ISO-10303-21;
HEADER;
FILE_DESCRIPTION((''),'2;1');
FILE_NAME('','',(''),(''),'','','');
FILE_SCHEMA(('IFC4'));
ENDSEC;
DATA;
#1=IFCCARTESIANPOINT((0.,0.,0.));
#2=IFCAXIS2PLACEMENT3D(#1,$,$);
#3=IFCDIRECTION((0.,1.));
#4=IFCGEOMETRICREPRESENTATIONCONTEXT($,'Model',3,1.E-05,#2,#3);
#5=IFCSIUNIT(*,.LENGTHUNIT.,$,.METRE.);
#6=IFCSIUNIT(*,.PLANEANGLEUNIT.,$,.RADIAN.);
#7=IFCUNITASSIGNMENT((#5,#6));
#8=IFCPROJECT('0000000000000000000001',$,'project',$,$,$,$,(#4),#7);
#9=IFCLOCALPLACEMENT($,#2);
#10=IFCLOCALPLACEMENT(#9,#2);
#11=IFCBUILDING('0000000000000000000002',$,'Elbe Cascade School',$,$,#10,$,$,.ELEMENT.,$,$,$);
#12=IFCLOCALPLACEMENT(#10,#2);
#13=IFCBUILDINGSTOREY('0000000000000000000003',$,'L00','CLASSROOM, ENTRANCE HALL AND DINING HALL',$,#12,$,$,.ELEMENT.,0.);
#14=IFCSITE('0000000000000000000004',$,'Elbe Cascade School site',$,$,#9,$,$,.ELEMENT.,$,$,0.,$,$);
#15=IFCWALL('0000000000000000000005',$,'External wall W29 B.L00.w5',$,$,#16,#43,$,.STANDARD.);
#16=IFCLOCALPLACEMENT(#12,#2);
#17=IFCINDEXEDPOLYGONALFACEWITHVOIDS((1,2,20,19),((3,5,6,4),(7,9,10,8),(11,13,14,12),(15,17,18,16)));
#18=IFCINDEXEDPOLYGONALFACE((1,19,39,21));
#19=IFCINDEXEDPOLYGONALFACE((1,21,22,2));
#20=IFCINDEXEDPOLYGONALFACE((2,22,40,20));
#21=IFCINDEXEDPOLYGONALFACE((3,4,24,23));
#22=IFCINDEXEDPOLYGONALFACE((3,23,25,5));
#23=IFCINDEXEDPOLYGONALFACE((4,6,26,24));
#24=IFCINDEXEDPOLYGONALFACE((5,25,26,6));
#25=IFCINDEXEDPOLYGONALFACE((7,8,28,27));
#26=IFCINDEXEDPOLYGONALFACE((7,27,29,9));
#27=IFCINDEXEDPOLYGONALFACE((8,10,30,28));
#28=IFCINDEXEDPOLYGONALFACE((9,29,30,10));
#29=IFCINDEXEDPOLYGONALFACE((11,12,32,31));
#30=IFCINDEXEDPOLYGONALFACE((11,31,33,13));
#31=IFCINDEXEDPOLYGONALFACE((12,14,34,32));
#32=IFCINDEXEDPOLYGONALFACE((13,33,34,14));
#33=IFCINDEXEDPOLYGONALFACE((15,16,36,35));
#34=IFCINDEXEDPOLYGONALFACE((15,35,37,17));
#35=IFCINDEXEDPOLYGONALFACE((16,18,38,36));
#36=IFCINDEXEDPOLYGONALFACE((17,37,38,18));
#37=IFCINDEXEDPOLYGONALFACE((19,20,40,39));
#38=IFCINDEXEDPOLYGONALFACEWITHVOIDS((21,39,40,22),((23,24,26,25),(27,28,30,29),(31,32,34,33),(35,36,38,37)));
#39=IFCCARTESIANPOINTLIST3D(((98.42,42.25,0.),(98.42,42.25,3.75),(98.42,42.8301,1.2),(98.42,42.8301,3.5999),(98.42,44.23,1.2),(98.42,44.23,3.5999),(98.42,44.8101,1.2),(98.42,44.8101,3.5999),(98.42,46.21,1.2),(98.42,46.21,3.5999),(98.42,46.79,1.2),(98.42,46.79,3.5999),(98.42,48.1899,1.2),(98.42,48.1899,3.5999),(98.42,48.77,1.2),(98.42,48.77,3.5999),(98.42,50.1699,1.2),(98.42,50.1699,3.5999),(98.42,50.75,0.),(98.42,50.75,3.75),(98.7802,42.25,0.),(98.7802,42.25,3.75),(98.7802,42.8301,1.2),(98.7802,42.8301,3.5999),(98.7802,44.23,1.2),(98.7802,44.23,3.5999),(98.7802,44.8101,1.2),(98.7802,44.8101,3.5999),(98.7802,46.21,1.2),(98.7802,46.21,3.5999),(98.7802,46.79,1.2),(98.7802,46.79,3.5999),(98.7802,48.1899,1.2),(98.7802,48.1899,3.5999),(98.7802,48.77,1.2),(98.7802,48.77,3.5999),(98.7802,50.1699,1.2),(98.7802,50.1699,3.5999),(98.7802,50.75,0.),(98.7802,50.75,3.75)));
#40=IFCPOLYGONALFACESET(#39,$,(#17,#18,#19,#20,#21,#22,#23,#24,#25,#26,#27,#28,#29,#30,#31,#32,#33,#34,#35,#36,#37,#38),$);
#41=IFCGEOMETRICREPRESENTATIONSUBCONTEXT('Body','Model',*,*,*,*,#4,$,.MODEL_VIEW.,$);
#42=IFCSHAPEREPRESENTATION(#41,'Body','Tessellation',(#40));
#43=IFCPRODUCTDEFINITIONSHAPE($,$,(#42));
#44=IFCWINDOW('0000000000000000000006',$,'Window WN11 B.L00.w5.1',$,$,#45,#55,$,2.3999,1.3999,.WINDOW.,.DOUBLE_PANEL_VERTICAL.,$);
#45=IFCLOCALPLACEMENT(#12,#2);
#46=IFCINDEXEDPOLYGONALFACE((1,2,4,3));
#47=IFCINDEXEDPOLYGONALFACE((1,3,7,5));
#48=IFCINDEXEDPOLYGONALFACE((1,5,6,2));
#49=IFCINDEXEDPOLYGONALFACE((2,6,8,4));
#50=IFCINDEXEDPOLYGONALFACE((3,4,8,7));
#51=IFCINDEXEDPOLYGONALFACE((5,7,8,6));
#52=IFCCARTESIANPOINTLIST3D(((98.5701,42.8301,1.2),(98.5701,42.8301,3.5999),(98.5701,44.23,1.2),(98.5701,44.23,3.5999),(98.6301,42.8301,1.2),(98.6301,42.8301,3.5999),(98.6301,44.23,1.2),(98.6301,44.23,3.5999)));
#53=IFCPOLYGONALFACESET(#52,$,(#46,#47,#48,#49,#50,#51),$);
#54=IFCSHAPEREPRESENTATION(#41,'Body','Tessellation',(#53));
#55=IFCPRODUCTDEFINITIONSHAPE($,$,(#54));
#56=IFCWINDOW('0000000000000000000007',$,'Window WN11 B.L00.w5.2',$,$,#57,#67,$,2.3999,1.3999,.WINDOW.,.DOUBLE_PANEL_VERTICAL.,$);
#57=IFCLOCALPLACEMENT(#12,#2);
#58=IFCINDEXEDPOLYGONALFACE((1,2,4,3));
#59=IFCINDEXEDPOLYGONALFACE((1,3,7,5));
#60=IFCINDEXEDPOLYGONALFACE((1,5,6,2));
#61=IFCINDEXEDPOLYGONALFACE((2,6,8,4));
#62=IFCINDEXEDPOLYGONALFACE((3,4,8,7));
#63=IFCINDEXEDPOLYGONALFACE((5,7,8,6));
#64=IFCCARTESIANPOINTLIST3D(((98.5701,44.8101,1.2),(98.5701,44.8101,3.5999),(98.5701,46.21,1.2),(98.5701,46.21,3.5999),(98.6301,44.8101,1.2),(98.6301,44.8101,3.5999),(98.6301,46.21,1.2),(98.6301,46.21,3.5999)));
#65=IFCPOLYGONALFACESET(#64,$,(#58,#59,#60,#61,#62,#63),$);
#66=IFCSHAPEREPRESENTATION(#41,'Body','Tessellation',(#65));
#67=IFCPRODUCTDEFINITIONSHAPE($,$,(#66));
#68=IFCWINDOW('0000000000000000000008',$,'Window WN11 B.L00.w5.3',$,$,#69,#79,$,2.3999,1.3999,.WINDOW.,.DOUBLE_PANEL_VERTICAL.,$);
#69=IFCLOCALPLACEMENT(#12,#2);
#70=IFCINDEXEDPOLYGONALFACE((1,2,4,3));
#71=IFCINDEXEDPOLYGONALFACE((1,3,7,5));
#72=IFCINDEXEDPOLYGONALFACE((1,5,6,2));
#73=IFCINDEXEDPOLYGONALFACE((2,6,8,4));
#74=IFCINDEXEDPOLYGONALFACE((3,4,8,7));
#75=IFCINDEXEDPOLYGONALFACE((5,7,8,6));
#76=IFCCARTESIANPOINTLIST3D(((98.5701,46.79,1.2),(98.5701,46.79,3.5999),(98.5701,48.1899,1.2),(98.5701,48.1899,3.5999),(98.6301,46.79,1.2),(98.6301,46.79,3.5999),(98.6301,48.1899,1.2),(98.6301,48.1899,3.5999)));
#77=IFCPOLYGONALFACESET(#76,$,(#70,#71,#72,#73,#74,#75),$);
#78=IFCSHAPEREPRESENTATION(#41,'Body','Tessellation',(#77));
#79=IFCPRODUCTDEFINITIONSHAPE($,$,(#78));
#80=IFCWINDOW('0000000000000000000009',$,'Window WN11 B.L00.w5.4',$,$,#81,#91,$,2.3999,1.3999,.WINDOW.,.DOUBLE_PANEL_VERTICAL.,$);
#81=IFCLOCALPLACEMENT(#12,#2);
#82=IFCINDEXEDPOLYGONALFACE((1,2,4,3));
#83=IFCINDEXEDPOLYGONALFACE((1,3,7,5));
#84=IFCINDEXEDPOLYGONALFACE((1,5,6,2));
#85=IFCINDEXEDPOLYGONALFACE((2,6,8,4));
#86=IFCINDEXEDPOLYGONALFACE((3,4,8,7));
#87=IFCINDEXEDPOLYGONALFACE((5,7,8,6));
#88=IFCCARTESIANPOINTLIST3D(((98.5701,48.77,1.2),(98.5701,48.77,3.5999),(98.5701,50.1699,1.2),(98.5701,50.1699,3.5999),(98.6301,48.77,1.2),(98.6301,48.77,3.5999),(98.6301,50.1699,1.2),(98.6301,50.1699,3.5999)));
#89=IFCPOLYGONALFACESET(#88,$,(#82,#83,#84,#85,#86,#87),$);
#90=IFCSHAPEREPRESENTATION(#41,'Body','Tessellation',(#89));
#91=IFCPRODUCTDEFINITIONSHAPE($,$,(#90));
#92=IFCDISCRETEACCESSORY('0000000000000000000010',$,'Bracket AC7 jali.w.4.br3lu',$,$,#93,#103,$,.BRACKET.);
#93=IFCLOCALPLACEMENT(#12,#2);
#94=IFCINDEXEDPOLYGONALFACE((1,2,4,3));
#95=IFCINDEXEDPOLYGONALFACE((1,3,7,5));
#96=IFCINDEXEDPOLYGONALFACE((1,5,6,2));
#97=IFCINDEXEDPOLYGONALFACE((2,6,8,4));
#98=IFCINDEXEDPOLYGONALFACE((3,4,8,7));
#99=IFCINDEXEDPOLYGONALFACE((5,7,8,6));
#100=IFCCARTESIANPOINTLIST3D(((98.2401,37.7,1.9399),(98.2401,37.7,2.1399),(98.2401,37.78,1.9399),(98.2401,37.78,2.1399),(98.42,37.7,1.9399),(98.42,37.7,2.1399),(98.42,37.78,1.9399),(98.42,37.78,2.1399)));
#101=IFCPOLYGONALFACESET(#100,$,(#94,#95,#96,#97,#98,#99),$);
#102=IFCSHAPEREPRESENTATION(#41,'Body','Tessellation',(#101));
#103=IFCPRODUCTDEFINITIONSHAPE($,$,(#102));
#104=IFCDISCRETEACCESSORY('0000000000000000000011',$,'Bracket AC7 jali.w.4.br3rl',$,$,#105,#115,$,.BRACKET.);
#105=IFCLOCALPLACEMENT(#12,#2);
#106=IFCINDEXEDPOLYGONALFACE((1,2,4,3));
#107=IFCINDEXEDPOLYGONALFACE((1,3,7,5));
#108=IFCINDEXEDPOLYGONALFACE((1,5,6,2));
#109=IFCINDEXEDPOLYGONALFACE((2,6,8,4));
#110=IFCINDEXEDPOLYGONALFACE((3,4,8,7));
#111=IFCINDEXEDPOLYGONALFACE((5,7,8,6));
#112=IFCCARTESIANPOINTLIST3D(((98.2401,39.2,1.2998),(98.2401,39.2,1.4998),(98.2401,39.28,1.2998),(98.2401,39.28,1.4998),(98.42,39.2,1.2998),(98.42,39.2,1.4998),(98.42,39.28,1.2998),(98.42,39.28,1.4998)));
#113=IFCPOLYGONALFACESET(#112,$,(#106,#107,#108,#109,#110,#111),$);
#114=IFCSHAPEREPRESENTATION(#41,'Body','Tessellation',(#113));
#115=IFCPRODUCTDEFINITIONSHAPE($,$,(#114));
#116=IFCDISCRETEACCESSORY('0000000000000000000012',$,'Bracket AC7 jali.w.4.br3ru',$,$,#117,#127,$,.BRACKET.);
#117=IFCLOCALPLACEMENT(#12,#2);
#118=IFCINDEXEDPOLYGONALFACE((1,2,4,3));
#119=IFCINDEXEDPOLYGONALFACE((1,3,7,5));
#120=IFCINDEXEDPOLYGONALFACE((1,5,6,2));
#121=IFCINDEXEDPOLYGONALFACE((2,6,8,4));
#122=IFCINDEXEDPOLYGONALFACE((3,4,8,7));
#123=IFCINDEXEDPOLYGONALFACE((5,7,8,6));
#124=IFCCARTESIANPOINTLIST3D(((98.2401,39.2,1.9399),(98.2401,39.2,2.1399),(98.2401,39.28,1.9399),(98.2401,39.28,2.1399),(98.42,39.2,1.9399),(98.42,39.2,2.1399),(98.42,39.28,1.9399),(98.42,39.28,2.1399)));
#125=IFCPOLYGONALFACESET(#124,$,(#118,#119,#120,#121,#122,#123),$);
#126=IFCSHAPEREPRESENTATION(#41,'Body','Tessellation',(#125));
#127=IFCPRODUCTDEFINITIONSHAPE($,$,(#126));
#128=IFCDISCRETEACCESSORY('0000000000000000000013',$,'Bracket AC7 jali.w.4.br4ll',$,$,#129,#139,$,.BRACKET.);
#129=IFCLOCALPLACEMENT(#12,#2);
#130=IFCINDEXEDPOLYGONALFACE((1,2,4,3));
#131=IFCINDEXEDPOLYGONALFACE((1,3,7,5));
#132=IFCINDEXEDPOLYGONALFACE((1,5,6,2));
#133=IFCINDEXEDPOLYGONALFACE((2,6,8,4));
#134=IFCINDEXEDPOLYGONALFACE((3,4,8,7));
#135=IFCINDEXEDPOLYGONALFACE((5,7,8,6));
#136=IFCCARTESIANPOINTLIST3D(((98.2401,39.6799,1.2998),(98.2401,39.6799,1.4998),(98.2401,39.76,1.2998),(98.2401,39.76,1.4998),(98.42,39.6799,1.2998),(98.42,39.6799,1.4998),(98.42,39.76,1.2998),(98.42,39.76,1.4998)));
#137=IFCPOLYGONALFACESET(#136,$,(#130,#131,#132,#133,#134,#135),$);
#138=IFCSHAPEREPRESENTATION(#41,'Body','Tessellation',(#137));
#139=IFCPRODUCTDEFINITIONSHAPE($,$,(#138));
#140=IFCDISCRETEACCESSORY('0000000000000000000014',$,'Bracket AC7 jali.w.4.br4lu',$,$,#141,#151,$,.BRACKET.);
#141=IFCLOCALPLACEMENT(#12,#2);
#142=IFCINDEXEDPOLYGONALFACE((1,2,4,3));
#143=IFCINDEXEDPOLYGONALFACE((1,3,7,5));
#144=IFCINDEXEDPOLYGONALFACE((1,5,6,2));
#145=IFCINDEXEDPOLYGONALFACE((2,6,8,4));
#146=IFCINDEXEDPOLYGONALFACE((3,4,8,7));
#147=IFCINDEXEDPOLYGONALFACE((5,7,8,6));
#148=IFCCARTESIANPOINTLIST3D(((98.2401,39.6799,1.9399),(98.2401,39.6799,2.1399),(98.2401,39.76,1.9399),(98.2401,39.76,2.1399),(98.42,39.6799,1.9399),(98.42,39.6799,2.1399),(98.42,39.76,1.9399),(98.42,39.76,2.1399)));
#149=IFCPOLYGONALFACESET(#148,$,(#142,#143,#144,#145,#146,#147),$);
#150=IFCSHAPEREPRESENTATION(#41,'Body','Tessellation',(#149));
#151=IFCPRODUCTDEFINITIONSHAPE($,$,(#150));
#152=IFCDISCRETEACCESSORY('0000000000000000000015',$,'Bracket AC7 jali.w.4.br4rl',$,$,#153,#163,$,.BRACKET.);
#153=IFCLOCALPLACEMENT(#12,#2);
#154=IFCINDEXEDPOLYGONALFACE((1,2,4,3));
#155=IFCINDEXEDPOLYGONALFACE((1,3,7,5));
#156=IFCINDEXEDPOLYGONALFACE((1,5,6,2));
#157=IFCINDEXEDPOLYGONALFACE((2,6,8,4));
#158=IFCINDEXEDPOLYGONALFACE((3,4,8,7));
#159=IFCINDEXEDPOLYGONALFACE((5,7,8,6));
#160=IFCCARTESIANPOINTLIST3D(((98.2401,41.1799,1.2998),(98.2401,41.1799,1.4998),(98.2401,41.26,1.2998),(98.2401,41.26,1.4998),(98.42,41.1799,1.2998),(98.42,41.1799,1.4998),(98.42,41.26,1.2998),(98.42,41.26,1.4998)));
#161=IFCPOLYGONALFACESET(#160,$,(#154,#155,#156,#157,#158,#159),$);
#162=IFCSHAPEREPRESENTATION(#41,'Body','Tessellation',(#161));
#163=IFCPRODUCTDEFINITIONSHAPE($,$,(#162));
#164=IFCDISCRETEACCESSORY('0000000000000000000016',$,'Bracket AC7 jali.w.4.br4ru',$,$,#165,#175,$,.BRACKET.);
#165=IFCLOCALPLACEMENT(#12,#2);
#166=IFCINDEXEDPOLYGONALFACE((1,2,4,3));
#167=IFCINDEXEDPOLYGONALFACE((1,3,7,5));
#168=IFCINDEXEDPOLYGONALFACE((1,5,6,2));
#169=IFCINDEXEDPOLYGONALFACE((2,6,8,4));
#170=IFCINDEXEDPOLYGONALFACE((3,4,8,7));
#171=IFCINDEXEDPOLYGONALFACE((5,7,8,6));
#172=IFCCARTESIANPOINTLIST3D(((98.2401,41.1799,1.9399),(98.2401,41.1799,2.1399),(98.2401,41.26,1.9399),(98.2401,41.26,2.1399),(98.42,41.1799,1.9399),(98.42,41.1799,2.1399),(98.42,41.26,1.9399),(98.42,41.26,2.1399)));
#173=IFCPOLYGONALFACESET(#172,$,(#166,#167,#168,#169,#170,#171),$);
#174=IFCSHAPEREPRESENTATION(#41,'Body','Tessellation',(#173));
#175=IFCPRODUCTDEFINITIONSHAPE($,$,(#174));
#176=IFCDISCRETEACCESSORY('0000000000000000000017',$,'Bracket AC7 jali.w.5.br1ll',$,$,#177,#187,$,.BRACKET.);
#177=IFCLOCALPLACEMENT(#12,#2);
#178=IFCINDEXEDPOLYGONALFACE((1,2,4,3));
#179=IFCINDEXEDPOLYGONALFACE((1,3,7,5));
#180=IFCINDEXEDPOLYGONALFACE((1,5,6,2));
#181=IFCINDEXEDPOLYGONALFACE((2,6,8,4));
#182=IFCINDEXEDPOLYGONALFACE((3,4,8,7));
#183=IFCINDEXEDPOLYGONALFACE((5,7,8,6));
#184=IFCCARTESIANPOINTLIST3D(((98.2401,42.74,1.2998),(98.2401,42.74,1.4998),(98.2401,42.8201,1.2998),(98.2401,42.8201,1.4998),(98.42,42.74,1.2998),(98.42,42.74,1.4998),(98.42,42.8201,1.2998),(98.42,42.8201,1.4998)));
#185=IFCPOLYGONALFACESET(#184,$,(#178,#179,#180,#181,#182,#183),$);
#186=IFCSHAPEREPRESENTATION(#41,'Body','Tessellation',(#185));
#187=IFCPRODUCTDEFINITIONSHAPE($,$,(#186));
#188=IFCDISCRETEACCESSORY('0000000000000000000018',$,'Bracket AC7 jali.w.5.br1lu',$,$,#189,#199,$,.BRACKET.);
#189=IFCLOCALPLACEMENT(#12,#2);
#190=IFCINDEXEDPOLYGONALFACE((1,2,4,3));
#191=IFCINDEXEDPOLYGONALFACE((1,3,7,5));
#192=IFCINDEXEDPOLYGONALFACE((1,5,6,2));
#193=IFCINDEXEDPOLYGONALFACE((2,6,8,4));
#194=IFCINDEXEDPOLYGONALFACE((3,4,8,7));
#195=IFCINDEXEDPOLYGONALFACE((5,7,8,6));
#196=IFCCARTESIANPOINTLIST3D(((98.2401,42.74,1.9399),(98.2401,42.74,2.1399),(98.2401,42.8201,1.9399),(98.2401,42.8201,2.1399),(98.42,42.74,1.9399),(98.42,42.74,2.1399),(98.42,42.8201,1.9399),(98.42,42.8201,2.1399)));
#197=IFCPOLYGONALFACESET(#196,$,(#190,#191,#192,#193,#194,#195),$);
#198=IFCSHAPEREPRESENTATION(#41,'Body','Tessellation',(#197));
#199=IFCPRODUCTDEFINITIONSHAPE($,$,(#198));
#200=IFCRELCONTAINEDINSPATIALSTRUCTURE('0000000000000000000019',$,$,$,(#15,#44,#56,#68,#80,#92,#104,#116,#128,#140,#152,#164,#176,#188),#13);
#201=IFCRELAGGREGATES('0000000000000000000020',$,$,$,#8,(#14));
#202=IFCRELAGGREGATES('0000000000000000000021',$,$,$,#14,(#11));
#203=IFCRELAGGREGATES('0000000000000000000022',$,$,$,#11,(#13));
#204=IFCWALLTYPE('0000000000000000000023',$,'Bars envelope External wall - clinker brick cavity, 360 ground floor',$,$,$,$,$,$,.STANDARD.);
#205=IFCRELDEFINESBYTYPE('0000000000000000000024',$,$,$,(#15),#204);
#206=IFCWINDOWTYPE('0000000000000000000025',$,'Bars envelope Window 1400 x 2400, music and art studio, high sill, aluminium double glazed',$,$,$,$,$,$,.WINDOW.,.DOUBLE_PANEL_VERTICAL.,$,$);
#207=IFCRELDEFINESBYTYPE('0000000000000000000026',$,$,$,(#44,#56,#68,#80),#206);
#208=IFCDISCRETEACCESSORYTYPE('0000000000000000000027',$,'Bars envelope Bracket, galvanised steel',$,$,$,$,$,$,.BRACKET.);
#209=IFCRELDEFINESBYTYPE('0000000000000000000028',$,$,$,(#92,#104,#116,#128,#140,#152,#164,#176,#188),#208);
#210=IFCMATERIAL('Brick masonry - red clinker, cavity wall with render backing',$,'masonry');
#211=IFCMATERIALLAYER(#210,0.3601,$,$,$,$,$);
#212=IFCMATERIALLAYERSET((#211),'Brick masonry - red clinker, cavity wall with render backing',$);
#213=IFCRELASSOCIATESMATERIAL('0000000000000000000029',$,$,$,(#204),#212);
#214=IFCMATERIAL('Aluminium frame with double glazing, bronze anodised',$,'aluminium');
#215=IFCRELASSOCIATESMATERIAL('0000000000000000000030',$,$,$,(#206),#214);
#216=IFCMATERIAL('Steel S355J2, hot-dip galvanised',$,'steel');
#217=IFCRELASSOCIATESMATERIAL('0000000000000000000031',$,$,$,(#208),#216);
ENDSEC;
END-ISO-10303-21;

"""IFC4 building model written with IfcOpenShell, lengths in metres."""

from ifc_helpers import new_model, si_unit, direction, frame, frame_2d, origin, origin_2d, place, context, subcontext, project, spatial, rectangle, extrude, material, layer, layer_set, type_object, element, fill, save


model = new_model("IFC4")

# Units and contexts
model_context = context("Model", 3, precision=1e-05, world=origin(), true_north=direction((0.0, 1.0)))
body_context = subcontext(model_context, "Body", "Model", "MODEL_VIEW")
ifc_project = project(units=[si_unit("LENGTHUNIT", "METRE"), si_unit("PLANEANGLEUNIT", "RADIAN")], contexts=[model_context])

# Site, building, storey
site_placement = place(None, origin())
site = spatial("IfcSite", under=ifc_project, at=site_placement, Name="Elbe Cascade School site", CompositionType="ELEMENT", RefElevation=0.0)
building_placement = place(site_placement, origin())
building = spatial("IfcBuilding", under=site, at=building_placement, Name="Elbe Cascade School", CompositionType="ELEMENT")
storey_placement = place(building_placement, origin())
storey = spatial("IfcBuildingStorey", under=building, at=storey_placement, Name="L00", Description="CLASSROOM, ENTRANCE HALL AND DINING HALL", CompositionType="ELEMENT", Elevation=0.0)

# Wall, openings, windows
ifc_material_1 = material(Name="Brick masonry - red clinker, cavity wall with render backing", Category="masonry")
ifc_layer_1 = layer(ifc_material_1, 0.3601)
ifc_layer_set_1 = layer_set([ifc_layer_1], Name="Brick masonry - red clinker, cavity wall with render backing")
wall_type_1 = type_object("IfcWallType", Name="Bars envelope External wall - clinker brick cavity, 360 ground floor", PredefinedType="STANDARD", material=ifc_layer_set_1)
wall_1_placement = place(storey_placement, frame((98.6001, 42.25, 0.0), z_axis=(0.0, 0.0, 1.0), x_axis=(0.0, 1.0, 0.0)))
wall_1 = element("IfcWall", 1, at=wall_1_placement, inside=storey, type_object=wall_type_1, Name="External wall W29 B.L00.w5", PredefinedType="STANDARD", context=body_context, shape_type="SweptSolid", body=[
    extrude(rectangle(XDim=8.5, YDim=0.3601, at=frame_2d((4.25, 0.0))), origin(), (0.0, 0.0, 1.0), 3.75),
])
opening_1_placement = place(wall_1_placement, frame((0.5801, 0.0, 1.2)))
opening_1 = element("IfcOpeningElement", 2, at=opening_1_placement, cuts=wall_1, PredefinedType="OPENING", context=body_context, shape_type="SweptSolid", body=[
    extrude(rectangle(XDim=1.3999, YDim=2.3999, at=frame_2d((0.7, 1.2))), frame((0.0, 0.1899, 0.0), z_axis=(0.0, -1.0, 0.0), x_axis=(1.0, 0.0, 0.0)), (0.0, 0.0, 1.0), 0.3801),
])
opening_2_placement = place(wall_1_placement, frame((2.5601, 0.0, 1.2)))
opening_2 = element("IfcOpeningElement", 3, at=opening_2_placement, cuts=wall_1, PredefinedType="OPENING", context=body_context, shape_type="SweptSolid", body=[
    extrude(rectangle(XDim=1.3999, YDim=2.3999, at=frame_2d((0.7, 1.2))), frame((0.0, 0.1899, 0.0), z_axis=(0.0, -1.0, 0.0), x_axis=(1.0, 0.0, 0.0)), (0.0, 0.0, 1.0), 0.3801),
])
opening_3_placement = place(wall_1_placement, frame((4.54, 0.0, 1.2)))
opening_3 = element("IfcOpeningElement", 4, at=opening_3_placement, cuts=wall_1, PredefinedType="OPENING", context=body_context, shape_type="SweptSolid", body=[
    extrude(rectangle(XDim=1.3999, YDim=2.3999, at=frame_2d((0.7, 1.2))), frame((0.0, 0.1899, 0.0), z_axis=(0.0, -1.0, 0.0), x_axis=(1.0, 0.0, 0.0)), (0.0, 0.0, 1.0), 0.3801),
])
opening_4_placement = place(wall_1_placement, frame((6.52, 0.0, 1.2)))
opening_4 = element("IfcOpeningElement", 5, at=opening_4_placement, cuts=wall_1, PredefinedType="OPENING", context=body_context, shape_type="SweptSolid", body=[
    extrude(rectangle(XDim=1.3999, YDim=2.3999, at=frame_2d((0.7, 1.2))), frame((0.0, 0.1899, 0.0), z_axis=(0.0, -1.0, 0.0), x_axis=(1.0, 0.0, 0.0)), (0.0, 0.0, 1.0), 0.3801),
])
ifc_material_2 = material(Name="Aluminium frame with double glazing, bronze anodised", Category="aluminium")
window_type = type_object("IfcWindowType", Name="Bars envelope Window 1400 x 2400, music and art studio, high sill, aluminium double glazed", PartitioningType="DOUBLE_PANEL_VERTICAL", PredefinedType="WINDOW", material=ifc_material_2)
window_1_placement = place(opening_1_placement, origin())
window_1 = element("IfcWindow", 6, at=window_1_placement, inside=storey, type_object=window_type, Name="Window WN11 B.L00.w5.1", OverallHeight=2.3999, OverallWidth=1.3999, PartitioningType="DOUBLE_PANEL_VERTICAL", PredefinedType="WINDOW", context=body_context, shape_type="SweptSolid", body=[
    extrude(rectangle(XDim=1.3999, YDim=2.3999, at=frame_2d((0.7, 1.2))), frame((0.0, 0.03, 0.0), z_axis=(0.0, -1.0, 0.0), x_axis=(1.0, 0.0, 0.0)), (0.0, 0.0, 1.0), 0.0601),
])
fill(opening_1, window_1)
window_2_placement = place(opening_2_placement, origin())
window_2 = element("IfcWindow", 7, at=window_2_placement, inside=storey, type_object=window_type, Name="Window WN11 B.L00.w5.2", OverallHeight=2.3999, OverallWidth=1.3999, PartitioningType="DOUBLE_PANEL_VERTICAL", PredefinedType="WINDOW", context=body_context, shape_type="SweptSolid", body=[
    extrude(rectangle(XDim=1.3999, YDim=2.3999, at=frame_2d((0.7, 1.2))), frame((0.0, 0.03, 0.0), z_axis=(0.0, -1.0, 0.0), x_axis=(1.0, 0.0, 0.0)), (0.0, 0.0, 1.0), 0.0601),
])
fill(opening_2, window_2)
window_3_placement = place(opening_3_placement, origin())
window_3 = element("IfcWindow", 8, at=window_3_placement, inside=storey, type_object=window_type, Name="Window WN11 B.L00.w5.3", OverallHeight=2.3999, OverallWidth=1.3999, PartitioningType="DOUBLE_PANEL_VERTICAL", PredefinedType="WINDOW", context=body_context, shape_type="SweptSolid", body=[
    extrude(rectangle(XDim=1.3999, YDim=2.3999, at=frame_2d((0.7, 1.2))), frame((0.0, 0.03, 0.0), z_axis=(0.0, -1.0, 0.0), x_axis=(1.0, 0.0, 0.0)), (0.0, 0.0, 1.0), 0.0601),
])
fill(opening_3, window_3)
window_4_placement = place(opening_4_placement, origin())
window_4 = element("IfcWindow", 9, at=window_4_placement, inside=storey, type_object=window_type, Name="Window WN11 B.L00.w5.4", OverallHeight=2.3999, OverallWidth=1.3999, PartitioningType="DOUBLE_PANEL_VERTICAL", PredefinedType="WINDOW", context=body_context, shape_type="SweptSolid", body=[
    extrude(rectangle(XDim=1.3999, YDim=2.3999, at=frame_2d((0.7, 1.2))), frame((0.0, 0.03, 0.0), z_axis=(0.0, -1.0, 0.0), x_axis=(1.0, 0.0, 0.0)), (0.0, 0.0, 1.0), 0.0601),
])
fill(opening_4, window_4)

# Discrete accessories
ifc_material_3 = material(Name="Steel S355J2, hot-dip galvanised", Category="steel")
discrete_accessory_type = type_object("IfcDiscreteAccessoryType", Name="Bars envelope Bracket, galvanised steel", PredefinedType="BRACKET", material=ifc_material_3)
for number, where, z_axis, x_axis, name in (
    (10, (98.3301, 37.74, 1.9399), (0.0, 0.0, 1.0), (0.0, 1.0, 0.0), "Bracket AC7 jali.w.4.br3lu"),
    (11, (98.3301, 39.24, 1.2998), (0.0, 0.0, 1.0), (0.0, 1.0, 0.0), "Bracket AC7 jali.w.4.br3rl"),
    (12, (98.3301, 39.24, 1.9399), (0.0, 0.0, 1.0), (0.0, 1.0, 0.0), "Bracket AC7 jali.w.4.br3ru"),
    (13, (98.3301, 39.72, 1.2998), (0.0, 0.0, 1.0), (0.0, 1.0, 0.0), "Bracket AC7 jali.w.4.br4ll"),
    (14, (98.3301, 39.72, 1.9399), (0.0, 0.0, 1.0), (0.0, 1.0, 0.0), "Bracket AC7 jali.w.4.br4lu"),
    (15, (98.3301, 41.22, 1.2998), (0.0, 0.0, 1.0), (0.0, 1.0, 0.0), "Bracket AC7 jali.w.4.br4rl"),
    (16, (98.3301, 41.22, 1.9399), (0.0, 0.0, 1.0), (0.0, 1.0, 0.0), "Bracket AC7 jali.w.4.br4ru"),
    (17, (98.3301, 42.78, 1.2998), (0.0, 0.0, 1.0), (0.0, 1.0, 0.0), "Bracket AC7 jali.w.5.br1ll"),
    (18, (98.3301, 42.78, 1.9399), (0.0, 0.0, 1.0), (0.0, 1.0, 0.0), "Bracket AC7 jali.w.5.br1lu"),
):
    element("IfcDiscreteAccessory", number, at=place(storey_placement, frame(where, z_axis=z_axis, x_axis=x_axis)), inside=storey, type_object=discrete_accessory_type, Name=name, PredefinedType="BRACKET", context=body_context, shape_type="SweptSolid", body=[
        extrude(rectangle(XDim=0.0801, YDim=0.1799, at=origin_2d()), origin(), (0.0, 0.0, 1.0), 0.2),
    ])

save(model, "model.ifc")
